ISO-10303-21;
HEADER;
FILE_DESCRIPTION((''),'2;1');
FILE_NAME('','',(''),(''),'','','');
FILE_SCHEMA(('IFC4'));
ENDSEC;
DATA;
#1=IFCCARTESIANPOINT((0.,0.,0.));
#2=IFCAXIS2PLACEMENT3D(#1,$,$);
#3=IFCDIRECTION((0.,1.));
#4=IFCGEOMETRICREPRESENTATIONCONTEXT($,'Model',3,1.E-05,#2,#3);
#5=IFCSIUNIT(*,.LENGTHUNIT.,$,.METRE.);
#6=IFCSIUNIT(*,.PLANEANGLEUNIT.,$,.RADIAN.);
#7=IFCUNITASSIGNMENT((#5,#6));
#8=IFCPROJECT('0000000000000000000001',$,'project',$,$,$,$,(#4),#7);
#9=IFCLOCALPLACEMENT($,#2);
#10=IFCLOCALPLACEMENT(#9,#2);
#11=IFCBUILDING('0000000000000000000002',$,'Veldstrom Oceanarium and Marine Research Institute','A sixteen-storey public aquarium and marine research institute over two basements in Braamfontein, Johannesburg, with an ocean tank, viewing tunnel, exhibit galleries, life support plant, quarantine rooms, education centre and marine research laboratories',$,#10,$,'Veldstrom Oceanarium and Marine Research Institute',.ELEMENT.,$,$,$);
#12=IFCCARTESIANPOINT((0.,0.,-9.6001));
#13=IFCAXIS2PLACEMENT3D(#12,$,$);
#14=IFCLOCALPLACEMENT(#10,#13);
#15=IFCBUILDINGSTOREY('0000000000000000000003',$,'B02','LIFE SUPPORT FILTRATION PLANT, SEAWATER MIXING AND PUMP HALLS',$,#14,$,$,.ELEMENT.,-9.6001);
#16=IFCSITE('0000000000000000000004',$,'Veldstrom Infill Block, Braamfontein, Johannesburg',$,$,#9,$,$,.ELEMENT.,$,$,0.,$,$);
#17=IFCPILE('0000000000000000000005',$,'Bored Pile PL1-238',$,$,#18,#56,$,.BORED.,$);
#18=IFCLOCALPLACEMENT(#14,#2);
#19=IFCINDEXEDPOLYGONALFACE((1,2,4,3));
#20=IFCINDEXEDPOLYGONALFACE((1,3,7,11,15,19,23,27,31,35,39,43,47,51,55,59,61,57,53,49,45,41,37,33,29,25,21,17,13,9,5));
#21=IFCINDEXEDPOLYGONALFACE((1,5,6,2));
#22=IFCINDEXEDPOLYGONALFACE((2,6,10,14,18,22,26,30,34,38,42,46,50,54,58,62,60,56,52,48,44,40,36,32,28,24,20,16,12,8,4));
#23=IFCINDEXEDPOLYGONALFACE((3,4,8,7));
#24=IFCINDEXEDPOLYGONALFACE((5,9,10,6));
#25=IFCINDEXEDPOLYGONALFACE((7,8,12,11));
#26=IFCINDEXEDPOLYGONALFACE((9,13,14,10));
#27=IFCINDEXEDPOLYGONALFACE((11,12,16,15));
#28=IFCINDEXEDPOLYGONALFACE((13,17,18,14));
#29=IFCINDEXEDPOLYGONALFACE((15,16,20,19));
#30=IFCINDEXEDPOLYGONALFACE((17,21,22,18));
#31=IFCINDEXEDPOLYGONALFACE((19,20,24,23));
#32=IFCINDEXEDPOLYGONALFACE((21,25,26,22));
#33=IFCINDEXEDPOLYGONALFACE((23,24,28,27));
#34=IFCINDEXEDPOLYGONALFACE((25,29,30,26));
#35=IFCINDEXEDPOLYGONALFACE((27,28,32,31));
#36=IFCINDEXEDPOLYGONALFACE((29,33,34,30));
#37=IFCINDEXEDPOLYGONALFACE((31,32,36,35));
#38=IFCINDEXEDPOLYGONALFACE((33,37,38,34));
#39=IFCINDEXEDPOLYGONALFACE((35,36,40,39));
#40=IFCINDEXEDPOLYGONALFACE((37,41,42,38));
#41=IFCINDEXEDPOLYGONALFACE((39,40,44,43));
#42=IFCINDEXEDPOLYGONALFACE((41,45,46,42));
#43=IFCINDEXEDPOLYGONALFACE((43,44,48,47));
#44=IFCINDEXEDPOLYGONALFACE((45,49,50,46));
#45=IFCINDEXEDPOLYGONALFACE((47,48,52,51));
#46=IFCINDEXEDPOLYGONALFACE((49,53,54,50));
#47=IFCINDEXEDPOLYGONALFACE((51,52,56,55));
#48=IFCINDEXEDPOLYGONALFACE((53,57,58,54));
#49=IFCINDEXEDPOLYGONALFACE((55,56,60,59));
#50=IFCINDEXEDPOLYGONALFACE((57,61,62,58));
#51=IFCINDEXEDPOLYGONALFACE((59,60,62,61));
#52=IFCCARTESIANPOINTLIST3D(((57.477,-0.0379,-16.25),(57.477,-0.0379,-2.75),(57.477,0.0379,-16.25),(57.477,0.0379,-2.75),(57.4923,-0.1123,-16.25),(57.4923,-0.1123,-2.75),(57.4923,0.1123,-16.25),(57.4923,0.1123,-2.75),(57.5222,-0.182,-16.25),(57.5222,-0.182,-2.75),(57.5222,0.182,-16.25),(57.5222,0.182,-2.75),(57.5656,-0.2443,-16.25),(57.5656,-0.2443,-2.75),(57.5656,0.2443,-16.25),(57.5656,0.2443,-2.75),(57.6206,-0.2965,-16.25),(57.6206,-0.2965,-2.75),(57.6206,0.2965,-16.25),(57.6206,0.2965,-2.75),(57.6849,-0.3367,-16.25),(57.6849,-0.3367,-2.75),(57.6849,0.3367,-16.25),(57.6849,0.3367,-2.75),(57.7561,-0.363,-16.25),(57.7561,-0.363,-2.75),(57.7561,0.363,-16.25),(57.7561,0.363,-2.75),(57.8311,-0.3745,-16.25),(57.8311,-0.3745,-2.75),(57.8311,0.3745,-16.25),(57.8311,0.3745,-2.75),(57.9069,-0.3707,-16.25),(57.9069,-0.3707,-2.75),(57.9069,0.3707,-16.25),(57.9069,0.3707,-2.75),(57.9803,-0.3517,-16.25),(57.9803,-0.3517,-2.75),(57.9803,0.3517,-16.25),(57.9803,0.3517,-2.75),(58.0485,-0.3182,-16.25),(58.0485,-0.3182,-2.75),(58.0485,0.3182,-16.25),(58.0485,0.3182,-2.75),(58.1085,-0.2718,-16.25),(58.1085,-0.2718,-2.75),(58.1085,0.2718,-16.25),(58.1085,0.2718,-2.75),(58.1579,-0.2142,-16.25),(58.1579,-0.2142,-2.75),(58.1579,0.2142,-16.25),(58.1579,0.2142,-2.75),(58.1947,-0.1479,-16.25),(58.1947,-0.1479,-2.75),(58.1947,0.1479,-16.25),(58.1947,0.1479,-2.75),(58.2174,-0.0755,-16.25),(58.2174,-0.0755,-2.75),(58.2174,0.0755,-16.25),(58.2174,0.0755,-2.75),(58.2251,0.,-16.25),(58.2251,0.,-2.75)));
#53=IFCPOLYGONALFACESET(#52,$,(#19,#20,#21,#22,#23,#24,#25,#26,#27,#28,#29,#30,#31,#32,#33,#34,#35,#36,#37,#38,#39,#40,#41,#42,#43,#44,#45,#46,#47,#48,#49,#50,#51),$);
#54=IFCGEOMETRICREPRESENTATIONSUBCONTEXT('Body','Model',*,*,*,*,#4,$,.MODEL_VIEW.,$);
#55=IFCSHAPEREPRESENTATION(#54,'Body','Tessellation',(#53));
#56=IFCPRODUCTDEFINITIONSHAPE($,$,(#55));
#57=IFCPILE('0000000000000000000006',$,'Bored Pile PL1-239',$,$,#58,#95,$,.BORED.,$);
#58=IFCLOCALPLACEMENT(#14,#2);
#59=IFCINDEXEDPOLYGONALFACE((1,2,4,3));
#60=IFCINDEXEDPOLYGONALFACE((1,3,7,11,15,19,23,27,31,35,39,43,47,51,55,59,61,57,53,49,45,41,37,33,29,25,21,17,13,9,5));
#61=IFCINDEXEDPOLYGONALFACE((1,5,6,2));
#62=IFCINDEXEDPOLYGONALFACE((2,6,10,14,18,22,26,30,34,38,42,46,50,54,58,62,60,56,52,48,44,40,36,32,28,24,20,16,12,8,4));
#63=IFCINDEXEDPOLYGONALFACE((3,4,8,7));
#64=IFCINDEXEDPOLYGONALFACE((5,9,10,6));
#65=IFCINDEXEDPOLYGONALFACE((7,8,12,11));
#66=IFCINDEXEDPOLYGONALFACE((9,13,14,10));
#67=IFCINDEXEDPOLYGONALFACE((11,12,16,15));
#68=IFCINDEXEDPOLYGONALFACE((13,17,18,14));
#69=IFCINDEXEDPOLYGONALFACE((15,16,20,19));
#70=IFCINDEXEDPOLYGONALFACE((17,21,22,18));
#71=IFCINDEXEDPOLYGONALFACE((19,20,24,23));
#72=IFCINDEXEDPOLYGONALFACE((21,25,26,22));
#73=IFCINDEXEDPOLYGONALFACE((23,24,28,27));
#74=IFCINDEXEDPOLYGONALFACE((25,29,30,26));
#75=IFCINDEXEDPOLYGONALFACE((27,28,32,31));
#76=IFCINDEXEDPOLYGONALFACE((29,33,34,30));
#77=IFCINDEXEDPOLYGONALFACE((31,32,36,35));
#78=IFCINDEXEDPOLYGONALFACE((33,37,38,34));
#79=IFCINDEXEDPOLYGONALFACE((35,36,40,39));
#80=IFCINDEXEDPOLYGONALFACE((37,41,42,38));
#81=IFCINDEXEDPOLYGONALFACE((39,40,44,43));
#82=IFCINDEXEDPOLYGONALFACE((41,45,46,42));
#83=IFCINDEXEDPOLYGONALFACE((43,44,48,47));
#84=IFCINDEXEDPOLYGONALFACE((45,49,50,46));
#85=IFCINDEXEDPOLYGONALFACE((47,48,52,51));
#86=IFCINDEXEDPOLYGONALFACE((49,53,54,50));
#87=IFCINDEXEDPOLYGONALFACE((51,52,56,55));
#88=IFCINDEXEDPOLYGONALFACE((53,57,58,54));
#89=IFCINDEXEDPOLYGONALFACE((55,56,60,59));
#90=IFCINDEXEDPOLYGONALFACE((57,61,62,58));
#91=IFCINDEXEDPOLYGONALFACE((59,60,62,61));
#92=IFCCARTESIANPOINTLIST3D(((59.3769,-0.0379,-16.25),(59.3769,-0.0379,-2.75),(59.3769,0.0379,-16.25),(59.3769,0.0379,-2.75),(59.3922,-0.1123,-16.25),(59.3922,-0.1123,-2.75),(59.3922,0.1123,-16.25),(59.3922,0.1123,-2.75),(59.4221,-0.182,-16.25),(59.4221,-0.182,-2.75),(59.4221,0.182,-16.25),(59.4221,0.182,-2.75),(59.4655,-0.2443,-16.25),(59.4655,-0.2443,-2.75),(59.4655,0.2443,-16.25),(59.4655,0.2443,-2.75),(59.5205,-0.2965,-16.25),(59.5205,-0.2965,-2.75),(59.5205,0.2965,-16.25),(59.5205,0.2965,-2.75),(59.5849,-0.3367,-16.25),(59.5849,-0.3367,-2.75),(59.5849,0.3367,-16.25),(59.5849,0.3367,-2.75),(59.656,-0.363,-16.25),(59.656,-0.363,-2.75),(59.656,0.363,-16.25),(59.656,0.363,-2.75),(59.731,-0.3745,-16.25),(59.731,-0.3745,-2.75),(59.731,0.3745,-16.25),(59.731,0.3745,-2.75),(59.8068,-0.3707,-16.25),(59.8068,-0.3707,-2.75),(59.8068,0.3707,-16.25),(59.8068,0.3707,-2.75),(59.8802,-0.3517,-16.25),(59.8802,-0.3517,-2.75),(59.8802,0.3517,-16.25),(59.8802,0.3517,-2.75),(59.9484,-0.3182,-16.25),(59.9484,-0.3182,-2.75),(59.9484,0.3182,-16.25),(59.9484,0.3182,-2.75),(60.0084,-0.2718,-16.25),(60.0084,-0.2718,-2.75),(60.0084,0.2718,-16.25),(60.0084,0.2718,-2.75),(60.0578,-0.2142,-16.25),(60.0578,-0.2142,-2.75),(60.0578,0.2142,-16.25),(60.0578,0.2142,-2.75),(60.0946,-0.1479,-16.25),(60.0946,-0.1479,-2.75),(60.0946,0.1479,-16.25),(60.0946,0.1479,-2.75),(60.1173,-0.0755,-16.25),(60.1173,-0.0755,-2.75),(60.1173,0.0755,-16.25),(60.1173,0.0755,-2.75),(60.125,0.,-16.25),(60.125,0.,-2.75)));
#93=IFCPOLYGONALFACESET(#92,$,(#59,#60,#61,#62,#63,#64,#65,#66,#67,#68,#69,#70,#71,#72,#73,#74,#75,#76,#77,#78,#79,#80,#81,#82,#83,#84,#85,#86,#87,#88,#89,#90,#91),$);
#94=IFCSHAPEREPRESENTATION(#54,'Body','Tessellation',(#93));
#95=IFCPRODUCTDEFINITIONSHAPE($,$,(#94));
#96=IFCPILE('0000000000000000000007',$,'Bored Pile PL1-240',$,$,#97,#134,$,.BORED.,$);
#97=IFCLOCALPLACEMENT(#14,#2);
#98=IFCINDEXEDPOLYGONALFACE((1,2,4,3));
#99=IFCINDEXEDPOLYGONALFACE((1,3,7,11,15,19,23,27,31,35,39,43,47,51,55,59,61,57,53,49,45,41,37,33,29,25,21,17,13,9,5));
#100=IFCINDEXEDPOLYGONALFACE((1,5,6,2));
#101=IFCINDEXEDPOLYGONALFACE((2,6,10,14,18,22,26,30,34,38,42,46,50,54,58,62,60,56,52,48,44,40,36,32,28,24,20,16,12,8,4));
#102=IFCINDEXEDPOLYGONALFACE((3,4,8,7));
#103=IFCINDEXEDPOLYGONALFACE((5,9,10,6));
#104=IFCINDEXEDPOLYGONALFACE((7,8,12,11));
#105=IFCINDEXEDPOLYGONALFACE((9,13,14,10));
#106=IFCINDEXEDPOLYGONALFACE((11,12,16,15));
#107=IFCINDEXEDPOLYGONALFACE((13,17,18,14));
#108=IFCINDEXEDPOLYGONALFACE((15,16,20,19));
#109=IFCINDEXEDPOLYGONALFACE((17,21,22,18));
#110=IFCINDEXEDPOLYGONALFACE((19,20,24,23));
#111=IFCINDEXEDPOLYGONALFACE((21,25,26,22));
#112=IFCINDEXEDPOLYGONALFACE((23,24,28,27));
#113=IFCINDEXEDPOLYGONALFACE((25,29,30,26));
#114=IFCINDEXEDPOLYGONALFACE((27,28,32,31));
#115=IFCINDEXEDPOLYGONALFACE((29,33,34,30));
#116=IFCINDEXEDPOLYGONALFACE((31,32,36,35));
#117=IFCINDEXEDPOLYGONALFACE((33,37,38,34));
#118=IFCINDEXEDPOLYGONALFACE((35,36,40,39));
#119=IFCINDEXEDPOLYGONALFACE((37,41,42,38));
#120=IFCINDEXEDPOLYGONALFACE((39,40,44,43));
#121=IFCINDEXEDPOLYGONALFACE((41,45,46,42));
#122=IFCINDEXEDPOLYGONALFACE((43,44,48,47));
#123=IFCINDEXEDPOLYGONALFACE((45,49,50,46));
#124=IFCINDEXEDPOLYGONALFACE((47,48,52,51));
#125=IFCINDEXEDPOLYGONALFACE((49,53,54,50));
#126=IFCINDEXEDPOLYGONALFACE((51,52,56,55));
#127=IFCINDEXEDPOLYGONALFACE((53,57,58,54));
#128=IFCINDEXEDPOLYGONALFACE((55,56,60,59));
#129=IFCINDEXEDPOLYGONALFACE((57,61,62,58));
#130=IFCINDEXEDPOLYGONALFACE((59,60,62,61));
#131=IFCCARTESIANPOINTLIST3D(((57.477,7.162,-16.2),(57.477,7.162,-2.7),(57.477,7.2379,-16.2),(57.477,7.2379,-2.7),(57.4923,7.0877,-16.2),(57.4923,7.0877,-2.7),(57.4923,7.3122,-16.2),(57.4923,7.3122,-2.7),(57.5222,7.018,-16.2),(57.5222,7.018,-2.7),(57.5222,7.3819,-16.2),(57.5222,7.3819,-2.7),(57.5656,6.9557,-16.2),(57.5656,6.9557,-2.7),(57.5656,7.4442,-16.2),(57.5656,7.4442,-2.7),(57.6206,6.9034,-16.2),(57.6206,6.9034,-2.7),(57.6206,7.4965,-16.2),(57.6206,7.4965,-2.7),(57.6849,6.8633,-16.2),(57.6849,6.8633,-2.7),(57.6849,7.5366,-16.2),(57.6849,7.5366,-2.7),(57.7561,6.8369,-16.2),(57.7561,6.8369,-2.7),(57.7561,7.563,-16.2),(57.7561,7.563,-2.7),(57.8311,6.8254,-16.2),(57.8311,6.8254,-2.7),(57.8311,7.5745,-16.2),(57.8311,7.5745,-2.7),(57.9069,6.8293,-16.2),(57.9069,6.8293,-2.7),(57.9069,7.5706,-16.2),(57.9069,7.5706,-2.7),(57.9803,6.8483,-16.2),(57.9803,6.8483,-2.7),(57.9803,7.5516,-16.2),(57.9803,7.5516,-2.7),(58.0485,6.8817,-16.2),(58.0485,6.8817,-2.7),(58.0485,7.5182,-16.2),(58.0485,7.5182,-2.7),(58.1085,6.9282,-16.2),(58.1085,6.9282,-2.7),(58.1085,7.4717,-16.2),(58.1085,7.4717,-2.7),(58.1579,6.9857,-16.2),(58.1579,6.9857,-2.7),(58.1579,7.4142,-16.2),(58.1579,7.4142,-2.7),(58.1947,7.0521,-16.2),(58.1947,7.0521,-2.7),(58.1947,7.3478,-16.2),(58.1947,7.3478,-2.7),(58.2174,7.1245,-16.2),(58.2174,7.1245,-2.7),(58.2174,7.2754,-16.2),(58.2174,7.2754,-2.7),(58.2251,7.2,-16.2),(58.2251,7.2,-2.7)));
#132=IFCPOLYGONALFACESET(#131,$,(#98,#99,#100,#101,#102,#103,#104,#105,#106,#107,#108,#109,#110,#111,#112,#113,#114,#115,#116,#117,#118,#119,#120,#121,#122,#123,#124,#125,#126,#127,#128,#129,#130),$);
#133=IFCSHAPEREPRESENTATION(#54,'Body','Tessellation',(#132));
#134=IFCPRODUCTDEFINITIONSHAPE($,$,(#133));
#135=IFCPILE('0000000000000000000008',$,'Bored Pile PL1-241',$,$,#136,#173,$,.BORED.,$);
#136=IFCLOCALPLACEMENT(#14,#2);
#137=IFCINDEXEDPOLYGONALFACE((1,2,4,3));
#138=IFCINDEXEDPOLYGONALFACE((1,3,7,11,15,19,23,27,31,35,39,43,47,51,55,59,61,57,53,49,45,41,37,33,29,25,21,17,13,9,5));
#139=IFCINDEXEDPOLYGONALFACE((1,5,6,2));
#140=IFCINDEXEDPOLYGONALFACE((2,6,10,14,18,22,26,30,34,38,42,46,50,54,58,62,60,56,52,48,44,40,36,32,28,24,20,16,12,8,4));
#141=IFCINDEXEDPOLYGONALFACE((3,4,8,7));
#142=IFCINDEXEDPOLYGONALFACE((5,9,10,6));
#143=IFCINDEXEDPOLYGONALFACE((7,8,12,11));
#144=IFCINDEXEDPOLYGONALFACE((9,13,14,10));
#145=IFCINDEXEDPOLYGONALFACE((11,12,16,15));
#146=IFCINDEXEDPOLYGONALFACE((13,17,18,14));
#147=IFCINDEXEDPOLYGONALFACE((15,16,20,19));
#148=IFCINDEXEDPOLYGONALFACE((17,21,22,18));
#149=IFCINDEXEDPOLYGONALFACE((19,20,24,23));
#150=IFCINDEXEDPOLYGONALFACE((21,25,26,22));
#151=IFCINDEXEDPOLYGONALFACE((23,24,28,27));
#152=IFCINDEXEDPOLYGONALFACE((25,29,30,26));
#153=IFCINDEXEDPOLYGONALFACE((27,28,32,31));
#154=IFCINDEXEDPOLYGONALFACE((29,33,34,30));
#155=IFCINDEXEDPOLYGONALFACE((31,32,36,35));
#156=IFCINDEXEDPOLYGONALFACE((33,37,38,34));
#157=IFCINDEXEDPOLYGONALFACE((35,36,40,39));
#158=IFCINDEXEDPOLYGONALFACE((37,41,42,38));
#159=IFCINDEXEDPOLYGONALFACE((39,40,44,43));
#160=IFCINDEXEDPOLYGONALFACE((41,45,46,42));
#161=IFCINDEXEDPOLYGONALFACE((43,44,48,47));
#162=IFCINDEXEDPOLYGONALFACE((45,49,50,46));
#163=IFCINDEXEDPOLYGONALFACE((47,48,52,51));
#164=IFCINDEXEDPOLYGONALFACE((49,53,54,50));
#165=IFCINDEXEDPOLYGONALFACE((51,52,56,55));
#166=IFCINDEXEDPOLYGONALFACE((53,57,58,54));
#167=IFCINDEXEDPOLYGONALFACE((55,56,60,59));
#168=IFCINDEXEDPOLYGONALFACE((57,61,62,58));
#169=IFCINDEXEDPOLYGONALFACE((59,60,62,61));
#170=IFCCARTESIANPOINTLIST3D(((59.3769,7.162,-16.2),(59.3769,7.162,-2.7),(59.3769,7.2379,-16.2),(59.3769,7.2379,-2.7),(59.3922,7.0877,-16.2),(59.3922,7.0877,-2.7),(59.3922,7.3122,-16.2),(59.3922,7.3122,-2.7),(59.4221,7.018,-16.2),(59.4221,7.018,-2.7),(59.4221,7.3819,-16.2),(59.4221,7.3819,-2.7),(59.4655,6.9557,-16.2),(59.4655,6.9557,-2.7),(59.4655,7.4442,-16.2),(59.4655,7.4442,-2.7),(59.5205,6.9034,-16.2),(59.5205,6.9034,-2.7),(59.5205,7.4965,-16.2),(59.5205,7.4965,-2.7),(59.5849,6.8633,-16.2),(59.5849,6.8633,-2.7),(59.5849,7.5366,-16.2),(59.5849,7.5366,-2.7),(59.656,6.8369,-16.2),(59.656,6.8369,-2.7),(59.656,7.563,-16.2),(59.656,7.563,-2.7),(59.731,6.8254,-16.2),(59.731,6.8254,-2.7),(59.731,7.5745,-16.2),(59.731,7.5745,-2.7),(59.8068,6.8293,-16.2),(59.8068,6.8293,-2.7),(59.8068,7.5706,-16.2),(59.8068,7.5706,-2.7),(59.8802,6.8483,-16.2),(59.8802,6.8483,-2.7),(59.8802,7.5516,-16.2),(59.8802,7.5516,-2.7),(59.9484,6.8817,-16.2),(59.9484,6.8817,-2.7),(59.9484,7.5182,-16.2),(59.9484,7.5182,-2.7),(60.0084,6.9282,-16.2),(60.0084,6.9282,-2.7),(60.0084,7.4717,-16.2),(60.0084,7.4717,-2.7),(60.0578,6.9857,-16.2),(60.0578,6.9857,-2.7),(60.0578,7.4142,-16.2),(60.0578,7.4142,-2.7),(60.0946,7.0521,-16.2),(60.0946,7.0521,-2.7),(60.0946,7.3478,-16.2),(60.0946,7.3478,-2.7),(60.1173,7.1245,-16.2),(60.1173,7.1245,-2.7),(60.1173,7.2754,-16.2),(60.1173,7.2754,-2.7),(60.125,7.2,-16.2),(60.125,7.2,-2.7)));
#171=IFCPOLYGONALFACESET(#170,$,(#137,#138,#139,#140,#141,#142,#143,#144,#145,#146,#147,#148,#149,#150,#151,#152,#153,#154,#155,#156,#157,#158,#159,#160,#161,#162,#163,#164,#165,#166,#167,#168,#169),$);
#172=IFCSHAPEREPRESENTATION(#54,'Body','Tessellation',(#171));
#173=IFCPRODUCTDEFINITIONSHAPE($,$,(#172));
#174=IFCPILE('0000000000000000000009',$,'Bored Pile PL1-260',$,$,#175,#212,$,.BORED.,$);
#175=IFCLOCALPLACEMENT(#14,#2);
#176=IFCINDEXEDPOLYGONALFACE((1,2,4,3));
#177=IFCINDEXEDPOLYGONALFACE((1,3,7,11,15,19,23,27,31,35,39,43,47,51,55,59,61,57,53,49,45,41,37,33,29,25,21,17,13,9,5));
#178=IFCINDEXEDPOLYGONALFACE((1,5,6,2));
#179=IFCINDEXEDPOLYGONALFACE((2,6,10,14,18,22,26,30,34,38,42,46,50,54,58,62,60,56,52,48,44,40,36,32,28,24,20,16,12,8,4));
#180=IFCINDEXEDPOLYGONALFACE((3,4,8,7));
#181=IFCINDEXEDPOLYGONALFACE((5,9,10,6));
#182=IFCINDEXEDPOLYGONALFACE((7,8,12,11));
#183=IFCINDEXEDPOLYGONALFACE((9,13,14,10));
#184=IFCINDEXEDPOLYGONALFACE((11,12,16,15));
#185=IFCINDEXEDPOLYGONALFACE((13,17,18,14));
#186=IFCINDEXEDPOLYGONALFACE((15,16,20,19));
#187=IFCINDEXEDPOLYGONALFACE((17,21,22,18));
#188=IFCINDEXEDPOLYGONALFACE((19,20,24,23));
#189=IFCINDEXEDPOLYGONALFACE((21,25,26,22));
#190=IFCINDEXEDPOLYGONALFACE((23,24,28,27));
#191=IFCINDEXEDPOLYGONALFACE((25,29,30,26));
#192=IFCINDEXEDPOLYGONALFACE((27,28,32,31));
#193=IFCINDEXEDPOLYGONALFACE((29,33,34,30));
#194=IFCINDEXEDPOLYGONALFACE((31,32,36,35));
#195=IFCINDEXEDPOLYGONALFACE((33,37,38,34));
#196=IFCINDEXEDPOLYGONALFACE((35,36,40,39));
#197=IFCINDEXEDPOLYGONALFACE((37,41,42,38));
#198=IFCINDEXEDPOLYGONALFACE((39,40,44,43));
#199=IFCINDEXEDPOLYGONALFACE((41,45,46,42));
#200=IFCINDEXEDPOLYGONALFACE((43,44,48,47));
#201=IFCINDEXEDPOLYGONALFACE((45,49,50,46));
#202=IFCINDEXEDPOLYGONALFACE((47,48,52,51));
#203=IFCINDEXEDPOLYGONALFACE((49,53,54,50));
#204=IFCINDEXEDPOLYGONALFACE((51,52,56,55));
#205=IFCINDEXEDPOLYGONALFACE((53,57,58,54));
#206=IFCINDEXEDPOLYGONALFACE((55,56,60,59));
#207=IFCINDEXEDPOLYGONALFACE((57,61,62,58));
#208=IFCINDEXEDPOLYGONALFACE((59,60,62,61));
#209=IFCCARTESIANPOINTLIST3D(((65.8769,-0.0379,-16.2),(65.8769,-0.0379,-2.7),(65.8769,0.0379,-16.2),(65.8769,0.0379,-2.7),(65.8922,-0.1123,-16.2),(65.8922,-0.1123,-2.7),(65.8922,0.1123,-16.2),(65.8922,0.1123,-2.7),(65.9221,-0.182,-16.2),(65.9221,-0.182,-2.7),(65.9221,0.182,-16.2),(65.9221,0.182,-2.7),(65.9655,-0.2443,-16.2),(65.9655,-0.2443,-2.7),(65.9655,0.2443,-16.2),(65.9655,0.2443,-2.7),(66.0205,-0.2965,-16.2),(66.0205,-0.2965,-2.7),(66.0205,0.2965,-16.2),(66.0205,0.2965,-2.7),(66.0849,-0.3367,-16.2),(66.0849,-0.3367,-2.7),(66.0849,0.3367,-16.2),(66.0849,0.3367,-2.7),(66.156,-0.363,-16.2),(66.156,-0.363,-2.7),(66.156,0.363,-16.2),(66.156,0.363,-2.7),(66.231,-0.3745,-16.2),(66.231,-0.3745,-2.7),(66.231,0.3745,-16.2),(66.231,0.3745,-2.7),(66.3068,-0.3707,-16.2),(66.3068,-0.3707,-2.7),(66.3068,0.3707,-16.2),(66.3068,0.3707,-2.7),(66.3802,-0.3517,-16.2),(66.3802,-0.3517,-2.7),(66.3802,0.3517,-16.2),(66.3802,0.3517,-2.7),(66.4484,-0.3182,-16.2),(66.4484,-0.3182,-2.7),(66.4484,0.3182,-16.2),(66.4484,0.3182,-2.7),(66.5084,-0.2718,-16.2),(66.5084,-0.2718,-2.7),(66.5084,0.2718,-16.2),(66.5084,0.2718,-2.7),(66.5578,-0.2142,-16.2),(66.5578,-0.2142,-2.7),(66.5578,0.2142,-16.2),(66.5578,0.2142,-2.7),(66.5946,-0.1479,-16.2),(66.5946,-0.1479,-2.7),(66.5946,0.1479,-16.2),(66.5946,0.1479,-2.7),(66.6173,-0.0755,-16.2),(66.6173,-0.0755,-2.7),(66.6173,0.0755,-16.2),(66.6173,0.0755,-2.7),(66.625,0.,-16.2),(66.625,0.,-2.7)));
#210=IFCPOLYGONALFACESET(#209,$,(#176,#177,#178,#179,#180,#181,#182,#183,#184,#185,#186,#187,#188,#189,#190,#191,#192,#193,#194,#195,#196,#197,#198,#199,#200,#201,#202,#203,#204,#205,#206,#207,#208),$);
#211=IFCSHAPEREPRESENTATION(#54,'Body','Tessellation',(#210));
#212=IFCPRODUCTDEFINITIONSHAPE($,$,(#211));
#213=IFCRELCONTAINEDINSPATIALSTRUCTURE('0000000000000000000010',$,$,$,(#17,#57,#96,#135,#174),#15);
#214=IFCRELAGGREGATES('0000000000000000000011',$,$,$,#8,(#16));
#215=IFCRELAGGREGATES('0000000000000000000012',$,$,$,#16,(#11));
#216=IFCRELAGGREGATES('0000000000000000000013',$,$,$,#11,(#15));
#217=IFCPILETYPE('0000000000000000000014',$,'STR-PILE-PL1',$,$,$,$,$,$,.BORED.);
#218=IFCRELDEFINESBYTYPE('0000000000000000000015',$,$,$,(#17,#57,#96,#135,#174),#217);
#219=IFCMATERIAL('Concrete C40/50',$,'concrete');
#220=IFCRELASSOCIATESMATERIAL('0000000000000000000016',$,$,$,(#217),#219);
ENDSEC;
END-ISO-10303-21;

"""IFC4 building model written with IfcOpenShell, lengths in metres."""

from ifc_helpers import new_model, si_unit, direction, frame, origin, origin_2d, place, context, subcontext, project, spatial, circle, extrude, material, material_profile, profile_set, type_object, element, save


model = new_model("IFC4")

# Units and contexts
model_context = context("Model", 3, precision=1e-05, world=origin(), true_north=direction((0.0, 1.0)))
body_context = subcontext(model_context, "Body", "Model", "MODEL_VIEW")
ifc_project = project(units=[si_unit("LENGTHUNIT", "METRE"), si_unit("PLANEANGLEUNIT", "RADIAN")], contexts=[model_context])

# Site, building, storey
site_placement = place(None, origin())
site = spatial("IfcSite", under=ifc_project, at=site_placement, Name="Veldstrom Infill Block, Braamfontein, Johannesburg", CompositionType="ELEMENT", RefElevation=0.0)
building_placement = place(site_placement, origin())
building = spatial("IfcBuilding", under=site, at=building_placement, Name="Veldstrom Oceanarium and Marine Research Institute", Description="A sixteen-storey public aquarium and marine research institute over two basements in Braamfontein, Johannesburg, with an ocean tank, viewing tunnel, exhibit galleries, life support plant, quarantine rooms, education centre and marine research laboratories", LongName="Veldstrom Oceanarium and Marine Research Institute", CompositionType="ELEMENT")
storey_placement = place(building_placement, frame((0.0, 0.0, -9.6001)))
storey = spatial("IfcBuildingStorey", under=building, at=storey_placement, Name="B02", Description="LIFE SUPPORT FILTRATION PLANT, SEAWATER MIXING AND PUMP HALLS", CompositionType="ELEMENT", Elevation=-9.6001)

# Piles
ifc_material_1 = material(Name="Concrete C40/50", Category="concrete")
ifc_material_profile_1 = material_profile(ifc_material_1, circle(Radius=0.375, at=origin_2d()), Name="PILE-D750")
ifc_profile_set_1 = profile_set([ifc_material_profile_1], Name="Concrete C40/50")
pile_type = type_object("IfcPileType", Name="STR-PILE-PL1", PredefinedType="BORED", material=ifc_profile_set_1)
for number, where, z_axis, x_axis, name in (
    (1, (57.8501, 0.0, -2.75), (0.0, 0.0, -1.0), (1.0, 0.0, 0.0), "Bored Pile PL1-238"),
    (2, (59.75, 0.0, -2.75), (0.0, 0.0, -1.0), (1.0, 0.0, 0.0), "Bored Pile PL1-239"),
    (3, (57.8501, 7.2, -2.7), (0.0, 0.0, -1.0), (1.0, 0.0, 0.0), "Bored Pile PL1-240"),
    (4, (59.75, 7.2, -2.7), (0.0, 0.0, -1.0), (1.0, 0.0, 0.0), "Bored Pile PL1-241"),
    (5, (66.25, 0.0, -2.7), (0.0, 0.0, -1.0), (1.0, 0.0, 0.0), "Bored Pile PL1-260"),
):
    element("IfcPile", number, at=place(storey_placement, frame(where, z_axis=z_axis, x_axis=x_axis)), inside=storey, type_object=pile_type, Name=name, PredefinedType="BORED", context=body_context, shape_type="SweptSolid", body=[
        extrude(circle(Radius=0.375, at=origin_2d()), origin(), (0.0, 0.0, 1.0), 13.5),
    ])

save(model, "model.ifc")
